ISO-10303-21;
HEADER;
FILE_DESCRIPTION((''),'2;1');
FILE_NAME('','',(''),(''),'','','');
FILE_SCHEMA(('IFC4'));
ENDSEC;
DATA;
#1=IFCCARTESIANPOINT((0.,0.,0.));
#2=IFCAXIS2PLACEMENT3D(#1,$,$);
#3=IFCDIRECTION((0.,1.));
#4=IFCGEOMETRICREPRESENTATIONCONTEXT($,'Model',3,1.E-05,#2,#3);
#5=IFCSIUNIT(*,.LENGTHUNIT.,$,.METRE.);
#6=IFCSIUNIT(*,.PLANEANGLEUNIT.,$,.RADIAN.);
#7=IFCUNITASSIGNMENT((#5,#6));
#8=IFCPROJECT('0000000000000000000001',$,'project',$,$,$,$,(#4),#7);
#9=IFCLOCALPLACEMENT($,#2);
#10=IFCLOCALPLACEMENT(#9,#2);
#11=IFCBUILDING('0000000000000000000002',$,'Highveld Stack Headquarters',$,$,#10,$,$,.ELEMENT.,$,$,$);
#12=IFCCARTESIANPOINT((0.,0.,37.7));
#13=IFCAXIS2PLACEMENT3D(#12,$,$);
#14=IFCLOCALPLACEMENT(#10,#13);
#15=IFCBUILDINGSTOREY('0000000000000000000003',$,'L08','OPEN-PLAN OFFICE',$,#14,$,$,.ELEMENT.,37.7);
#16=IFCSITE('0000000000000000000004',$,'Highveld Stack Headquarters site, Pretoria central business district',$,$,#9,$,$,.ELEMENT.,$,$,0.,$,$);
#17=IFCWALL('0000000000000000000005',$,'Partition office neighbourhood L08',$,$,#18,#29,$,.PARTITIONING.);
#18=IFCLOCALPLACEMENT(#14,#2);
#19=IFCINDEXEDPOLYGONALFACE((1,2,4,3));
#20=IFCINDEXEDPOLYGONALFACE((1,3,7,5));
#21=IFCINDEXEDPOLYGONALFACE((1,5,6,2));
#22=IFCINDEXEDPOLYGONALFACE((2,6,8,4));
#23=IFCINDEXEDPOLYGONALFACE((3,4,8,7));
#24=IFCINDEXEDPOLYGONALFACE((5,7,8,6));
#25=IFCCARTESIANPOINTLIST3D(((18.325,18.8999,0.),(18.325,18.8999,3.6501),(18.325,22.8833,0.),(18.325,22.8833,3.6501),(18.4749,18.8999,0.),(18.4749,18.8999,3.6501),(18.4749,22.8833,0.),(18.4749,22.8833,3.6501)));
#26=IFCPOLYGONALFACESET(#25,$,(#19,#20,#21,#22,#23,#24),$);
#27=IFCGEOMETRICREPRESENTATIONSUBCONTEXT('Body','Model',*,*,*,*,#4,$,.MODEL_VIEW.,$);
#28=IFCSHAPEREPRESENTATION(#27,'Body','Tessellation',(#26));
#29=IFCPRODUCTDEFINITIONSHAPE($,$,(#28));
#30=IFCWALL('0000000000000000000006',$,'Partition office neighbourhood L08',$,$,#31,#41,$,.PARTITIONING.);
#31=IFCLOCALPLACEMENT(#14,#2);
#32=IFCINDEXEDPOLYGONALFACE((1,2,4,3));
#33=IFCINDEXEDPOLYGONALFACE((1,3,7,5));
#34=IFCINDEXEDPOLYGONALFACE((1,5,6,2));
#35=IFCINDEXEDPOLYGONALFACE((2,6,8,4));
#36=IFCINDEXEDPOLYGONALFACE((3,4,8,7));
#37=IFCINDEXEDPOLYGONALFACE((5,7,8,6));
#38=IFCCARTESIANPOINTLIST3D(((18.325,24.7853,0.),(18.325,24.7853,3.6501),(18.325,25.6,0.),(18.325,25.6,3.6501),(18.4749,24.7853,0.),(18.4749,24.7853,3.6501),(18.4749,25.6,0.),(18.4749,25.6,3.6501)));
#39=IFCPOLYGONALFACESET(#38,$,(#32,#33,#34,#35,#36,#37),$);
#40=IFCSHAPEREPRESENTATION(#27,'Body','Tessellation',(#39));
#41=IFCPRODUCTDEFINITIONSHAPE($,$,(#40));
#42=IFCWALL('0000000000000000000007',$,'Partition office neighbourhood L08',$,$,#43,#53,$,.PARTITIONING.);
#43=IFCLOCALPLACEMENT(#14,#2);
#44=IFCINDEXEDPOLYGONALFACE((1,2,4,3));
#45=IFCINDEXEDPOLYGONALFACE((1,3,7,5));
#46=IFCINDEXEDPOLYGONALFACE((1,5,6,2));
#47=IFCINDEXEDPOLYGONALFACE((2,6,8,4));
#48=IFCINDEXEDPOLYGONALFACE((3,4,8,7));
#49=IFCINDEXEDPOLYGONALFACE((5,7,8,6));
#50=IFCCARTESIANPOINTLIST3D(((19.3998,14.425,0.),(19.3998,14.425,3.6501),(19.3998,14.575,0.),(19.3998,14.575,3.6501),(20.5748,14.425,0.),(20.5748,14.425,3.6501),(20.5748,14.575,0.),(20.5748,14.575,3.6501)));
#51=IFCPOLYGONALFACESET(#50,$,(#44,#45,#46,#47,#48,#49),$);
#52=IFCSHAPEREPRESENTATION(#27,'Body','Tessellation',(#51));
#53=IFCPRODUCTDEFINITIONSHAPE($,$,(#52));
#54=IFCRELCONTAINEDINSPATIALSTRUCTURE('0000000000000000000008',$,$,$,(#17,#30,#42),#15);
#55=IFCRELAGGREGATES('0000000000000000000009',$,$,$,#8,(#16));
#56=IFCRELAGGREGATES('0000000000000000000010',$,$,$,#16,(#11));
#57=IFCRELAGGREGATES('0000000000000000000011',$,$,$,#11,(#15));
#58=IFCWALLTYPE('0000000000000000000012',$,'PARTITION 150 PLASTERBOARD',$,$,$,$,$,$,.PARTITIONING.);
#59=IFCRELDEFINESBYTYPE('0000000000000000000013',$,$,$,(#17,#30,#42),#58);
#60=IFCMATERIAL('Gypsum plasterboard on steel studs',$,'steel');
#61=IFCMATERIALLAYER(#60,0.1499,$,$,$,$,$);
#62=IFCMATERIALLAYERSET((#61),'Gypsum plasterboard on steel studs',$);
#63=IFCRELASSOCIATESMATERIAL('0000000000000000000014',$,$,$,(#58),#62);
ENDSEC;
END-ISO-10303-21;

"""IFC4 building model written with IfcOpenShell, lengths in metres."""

from ifc_helpers import new_model, si_unit, direction, frame, frame_2d, origin, place, context, subcontext, project, spatial, rectangle, extrude, material, layer, layer_set, type_object, element, save


model = new_model("IFC4")

# Units and contexts
model_context = context("Model", 3, precision=1e-05, world=origin(), true_north=direction((0.0, 1.0)))
body_context = subcontext(model_context, "Body", "Model", "MODEL_VIEW")
ifc_project = project(units=[si_unit("LENGTHUNIT", "METRE"), si_unit("PLANEANGLEUNIT", "RADIAN")], contexts=[model_context])

# Site, building, storey
site_placement = place(None, origin())
site = spatial("IfcSite", under=ifc_project, at=site_placement, Name="Highveld Stack Headquarters site, Pretoria central business district", CompositionType="ELEMENT", RefElevation=0.0)
building_placement = place(site_placement, origin())
building = spatial("IfcBuilding", under=site, at=building_placement, Name="Highveld Stack Headquarters", CompositionType="ELEMENT")
storey_placement = place(building_placement, frame((0.0, 0.0, 37.7)))
storey = spatial("IfcBuildingStorey", under=building, at=storey_placement, Name="L08", Description="OPEN-PLAN OFFICE", CompositionType="ELEMENT", Elevation=37.7)

# Walls
ifc_material_1 = material(Name="Gypsum plasterboard on steel studs", Category="steel")
ifc_layer_1 = layer(ifc_material_1, 0.1499)
ifc_layer_set_1 = layer_set([ifc_layer_1], Name="Gypsum plasterboard on steel studs")
wall_type = type_object("IfcWallType", Name="PARTITION 150 PLASTERBOARD", PredefinedType="PARTITIONING", material=ifc_layer_set_1)
wall_1_placement = place(storey_placement, frame((18.3999, 18.8999, 0.0), z_axis=(0.0, 0.0, 1.0), x_axis=(0.0, 1.0, 0.0)))
element("IfcWall", 1, at=wall_1_placement, inside=storey, type_object=wall_type, Name="Partition office neighbourhood L08", PredefinedType="PARTITIONING", context=body_context, shape_type="SweptSolid", body=[
    extrude(rectangle(XDim=3.9834, YDim=0.1499, at=frame_2d((1.9917, 0.0))), origin(), (0.0, 0.0, 1.0), 3.6501),
])
wall_2_placement = place(storey_placement, frame((18.3999, 24.7854, 0.0), z_axis=(0.0, 0.0, 1.0), x_axis=(0.0, 1.0, 0.0)))
element("IfcWall", 2, at=wall_2_placement, inside=storey, type_object=wall_type, Name="Partition office neighbourhood L08", PredefinedType="PARTITIONING", context=body_context, shape_type="SweptSolid", body=[
    extrude(rectangle(XDim=0.8147, YDim=0.1499, at=frame_2d((0.4072, 0.0))), origin(), (0.0, 0.0, 1.0), 3.6501),
])
wall_3_placement = place(storey_placement, frame((19.3999, 14.5, 0.0), z_axis=(0.0, 0.0, 1.0), x_axis=(1.0, 0.0, 0.0)))
element("IfcWall", 3, at=wall_3_placement, inside=storey, type_object=wall_type, Name="Partition office neighbourhood L08", PredefinedType="PARTITIONING", context=body_context, shape_type="SweptSolid", body=[
    extrude(rectangle(XDim=1.175, YDim=0.1499, at=frame_2d((0.5874, 0.0))), origin(), (0.0, 0.0, 1.0), 3.6501),
])

save(model, "model.ifc")
